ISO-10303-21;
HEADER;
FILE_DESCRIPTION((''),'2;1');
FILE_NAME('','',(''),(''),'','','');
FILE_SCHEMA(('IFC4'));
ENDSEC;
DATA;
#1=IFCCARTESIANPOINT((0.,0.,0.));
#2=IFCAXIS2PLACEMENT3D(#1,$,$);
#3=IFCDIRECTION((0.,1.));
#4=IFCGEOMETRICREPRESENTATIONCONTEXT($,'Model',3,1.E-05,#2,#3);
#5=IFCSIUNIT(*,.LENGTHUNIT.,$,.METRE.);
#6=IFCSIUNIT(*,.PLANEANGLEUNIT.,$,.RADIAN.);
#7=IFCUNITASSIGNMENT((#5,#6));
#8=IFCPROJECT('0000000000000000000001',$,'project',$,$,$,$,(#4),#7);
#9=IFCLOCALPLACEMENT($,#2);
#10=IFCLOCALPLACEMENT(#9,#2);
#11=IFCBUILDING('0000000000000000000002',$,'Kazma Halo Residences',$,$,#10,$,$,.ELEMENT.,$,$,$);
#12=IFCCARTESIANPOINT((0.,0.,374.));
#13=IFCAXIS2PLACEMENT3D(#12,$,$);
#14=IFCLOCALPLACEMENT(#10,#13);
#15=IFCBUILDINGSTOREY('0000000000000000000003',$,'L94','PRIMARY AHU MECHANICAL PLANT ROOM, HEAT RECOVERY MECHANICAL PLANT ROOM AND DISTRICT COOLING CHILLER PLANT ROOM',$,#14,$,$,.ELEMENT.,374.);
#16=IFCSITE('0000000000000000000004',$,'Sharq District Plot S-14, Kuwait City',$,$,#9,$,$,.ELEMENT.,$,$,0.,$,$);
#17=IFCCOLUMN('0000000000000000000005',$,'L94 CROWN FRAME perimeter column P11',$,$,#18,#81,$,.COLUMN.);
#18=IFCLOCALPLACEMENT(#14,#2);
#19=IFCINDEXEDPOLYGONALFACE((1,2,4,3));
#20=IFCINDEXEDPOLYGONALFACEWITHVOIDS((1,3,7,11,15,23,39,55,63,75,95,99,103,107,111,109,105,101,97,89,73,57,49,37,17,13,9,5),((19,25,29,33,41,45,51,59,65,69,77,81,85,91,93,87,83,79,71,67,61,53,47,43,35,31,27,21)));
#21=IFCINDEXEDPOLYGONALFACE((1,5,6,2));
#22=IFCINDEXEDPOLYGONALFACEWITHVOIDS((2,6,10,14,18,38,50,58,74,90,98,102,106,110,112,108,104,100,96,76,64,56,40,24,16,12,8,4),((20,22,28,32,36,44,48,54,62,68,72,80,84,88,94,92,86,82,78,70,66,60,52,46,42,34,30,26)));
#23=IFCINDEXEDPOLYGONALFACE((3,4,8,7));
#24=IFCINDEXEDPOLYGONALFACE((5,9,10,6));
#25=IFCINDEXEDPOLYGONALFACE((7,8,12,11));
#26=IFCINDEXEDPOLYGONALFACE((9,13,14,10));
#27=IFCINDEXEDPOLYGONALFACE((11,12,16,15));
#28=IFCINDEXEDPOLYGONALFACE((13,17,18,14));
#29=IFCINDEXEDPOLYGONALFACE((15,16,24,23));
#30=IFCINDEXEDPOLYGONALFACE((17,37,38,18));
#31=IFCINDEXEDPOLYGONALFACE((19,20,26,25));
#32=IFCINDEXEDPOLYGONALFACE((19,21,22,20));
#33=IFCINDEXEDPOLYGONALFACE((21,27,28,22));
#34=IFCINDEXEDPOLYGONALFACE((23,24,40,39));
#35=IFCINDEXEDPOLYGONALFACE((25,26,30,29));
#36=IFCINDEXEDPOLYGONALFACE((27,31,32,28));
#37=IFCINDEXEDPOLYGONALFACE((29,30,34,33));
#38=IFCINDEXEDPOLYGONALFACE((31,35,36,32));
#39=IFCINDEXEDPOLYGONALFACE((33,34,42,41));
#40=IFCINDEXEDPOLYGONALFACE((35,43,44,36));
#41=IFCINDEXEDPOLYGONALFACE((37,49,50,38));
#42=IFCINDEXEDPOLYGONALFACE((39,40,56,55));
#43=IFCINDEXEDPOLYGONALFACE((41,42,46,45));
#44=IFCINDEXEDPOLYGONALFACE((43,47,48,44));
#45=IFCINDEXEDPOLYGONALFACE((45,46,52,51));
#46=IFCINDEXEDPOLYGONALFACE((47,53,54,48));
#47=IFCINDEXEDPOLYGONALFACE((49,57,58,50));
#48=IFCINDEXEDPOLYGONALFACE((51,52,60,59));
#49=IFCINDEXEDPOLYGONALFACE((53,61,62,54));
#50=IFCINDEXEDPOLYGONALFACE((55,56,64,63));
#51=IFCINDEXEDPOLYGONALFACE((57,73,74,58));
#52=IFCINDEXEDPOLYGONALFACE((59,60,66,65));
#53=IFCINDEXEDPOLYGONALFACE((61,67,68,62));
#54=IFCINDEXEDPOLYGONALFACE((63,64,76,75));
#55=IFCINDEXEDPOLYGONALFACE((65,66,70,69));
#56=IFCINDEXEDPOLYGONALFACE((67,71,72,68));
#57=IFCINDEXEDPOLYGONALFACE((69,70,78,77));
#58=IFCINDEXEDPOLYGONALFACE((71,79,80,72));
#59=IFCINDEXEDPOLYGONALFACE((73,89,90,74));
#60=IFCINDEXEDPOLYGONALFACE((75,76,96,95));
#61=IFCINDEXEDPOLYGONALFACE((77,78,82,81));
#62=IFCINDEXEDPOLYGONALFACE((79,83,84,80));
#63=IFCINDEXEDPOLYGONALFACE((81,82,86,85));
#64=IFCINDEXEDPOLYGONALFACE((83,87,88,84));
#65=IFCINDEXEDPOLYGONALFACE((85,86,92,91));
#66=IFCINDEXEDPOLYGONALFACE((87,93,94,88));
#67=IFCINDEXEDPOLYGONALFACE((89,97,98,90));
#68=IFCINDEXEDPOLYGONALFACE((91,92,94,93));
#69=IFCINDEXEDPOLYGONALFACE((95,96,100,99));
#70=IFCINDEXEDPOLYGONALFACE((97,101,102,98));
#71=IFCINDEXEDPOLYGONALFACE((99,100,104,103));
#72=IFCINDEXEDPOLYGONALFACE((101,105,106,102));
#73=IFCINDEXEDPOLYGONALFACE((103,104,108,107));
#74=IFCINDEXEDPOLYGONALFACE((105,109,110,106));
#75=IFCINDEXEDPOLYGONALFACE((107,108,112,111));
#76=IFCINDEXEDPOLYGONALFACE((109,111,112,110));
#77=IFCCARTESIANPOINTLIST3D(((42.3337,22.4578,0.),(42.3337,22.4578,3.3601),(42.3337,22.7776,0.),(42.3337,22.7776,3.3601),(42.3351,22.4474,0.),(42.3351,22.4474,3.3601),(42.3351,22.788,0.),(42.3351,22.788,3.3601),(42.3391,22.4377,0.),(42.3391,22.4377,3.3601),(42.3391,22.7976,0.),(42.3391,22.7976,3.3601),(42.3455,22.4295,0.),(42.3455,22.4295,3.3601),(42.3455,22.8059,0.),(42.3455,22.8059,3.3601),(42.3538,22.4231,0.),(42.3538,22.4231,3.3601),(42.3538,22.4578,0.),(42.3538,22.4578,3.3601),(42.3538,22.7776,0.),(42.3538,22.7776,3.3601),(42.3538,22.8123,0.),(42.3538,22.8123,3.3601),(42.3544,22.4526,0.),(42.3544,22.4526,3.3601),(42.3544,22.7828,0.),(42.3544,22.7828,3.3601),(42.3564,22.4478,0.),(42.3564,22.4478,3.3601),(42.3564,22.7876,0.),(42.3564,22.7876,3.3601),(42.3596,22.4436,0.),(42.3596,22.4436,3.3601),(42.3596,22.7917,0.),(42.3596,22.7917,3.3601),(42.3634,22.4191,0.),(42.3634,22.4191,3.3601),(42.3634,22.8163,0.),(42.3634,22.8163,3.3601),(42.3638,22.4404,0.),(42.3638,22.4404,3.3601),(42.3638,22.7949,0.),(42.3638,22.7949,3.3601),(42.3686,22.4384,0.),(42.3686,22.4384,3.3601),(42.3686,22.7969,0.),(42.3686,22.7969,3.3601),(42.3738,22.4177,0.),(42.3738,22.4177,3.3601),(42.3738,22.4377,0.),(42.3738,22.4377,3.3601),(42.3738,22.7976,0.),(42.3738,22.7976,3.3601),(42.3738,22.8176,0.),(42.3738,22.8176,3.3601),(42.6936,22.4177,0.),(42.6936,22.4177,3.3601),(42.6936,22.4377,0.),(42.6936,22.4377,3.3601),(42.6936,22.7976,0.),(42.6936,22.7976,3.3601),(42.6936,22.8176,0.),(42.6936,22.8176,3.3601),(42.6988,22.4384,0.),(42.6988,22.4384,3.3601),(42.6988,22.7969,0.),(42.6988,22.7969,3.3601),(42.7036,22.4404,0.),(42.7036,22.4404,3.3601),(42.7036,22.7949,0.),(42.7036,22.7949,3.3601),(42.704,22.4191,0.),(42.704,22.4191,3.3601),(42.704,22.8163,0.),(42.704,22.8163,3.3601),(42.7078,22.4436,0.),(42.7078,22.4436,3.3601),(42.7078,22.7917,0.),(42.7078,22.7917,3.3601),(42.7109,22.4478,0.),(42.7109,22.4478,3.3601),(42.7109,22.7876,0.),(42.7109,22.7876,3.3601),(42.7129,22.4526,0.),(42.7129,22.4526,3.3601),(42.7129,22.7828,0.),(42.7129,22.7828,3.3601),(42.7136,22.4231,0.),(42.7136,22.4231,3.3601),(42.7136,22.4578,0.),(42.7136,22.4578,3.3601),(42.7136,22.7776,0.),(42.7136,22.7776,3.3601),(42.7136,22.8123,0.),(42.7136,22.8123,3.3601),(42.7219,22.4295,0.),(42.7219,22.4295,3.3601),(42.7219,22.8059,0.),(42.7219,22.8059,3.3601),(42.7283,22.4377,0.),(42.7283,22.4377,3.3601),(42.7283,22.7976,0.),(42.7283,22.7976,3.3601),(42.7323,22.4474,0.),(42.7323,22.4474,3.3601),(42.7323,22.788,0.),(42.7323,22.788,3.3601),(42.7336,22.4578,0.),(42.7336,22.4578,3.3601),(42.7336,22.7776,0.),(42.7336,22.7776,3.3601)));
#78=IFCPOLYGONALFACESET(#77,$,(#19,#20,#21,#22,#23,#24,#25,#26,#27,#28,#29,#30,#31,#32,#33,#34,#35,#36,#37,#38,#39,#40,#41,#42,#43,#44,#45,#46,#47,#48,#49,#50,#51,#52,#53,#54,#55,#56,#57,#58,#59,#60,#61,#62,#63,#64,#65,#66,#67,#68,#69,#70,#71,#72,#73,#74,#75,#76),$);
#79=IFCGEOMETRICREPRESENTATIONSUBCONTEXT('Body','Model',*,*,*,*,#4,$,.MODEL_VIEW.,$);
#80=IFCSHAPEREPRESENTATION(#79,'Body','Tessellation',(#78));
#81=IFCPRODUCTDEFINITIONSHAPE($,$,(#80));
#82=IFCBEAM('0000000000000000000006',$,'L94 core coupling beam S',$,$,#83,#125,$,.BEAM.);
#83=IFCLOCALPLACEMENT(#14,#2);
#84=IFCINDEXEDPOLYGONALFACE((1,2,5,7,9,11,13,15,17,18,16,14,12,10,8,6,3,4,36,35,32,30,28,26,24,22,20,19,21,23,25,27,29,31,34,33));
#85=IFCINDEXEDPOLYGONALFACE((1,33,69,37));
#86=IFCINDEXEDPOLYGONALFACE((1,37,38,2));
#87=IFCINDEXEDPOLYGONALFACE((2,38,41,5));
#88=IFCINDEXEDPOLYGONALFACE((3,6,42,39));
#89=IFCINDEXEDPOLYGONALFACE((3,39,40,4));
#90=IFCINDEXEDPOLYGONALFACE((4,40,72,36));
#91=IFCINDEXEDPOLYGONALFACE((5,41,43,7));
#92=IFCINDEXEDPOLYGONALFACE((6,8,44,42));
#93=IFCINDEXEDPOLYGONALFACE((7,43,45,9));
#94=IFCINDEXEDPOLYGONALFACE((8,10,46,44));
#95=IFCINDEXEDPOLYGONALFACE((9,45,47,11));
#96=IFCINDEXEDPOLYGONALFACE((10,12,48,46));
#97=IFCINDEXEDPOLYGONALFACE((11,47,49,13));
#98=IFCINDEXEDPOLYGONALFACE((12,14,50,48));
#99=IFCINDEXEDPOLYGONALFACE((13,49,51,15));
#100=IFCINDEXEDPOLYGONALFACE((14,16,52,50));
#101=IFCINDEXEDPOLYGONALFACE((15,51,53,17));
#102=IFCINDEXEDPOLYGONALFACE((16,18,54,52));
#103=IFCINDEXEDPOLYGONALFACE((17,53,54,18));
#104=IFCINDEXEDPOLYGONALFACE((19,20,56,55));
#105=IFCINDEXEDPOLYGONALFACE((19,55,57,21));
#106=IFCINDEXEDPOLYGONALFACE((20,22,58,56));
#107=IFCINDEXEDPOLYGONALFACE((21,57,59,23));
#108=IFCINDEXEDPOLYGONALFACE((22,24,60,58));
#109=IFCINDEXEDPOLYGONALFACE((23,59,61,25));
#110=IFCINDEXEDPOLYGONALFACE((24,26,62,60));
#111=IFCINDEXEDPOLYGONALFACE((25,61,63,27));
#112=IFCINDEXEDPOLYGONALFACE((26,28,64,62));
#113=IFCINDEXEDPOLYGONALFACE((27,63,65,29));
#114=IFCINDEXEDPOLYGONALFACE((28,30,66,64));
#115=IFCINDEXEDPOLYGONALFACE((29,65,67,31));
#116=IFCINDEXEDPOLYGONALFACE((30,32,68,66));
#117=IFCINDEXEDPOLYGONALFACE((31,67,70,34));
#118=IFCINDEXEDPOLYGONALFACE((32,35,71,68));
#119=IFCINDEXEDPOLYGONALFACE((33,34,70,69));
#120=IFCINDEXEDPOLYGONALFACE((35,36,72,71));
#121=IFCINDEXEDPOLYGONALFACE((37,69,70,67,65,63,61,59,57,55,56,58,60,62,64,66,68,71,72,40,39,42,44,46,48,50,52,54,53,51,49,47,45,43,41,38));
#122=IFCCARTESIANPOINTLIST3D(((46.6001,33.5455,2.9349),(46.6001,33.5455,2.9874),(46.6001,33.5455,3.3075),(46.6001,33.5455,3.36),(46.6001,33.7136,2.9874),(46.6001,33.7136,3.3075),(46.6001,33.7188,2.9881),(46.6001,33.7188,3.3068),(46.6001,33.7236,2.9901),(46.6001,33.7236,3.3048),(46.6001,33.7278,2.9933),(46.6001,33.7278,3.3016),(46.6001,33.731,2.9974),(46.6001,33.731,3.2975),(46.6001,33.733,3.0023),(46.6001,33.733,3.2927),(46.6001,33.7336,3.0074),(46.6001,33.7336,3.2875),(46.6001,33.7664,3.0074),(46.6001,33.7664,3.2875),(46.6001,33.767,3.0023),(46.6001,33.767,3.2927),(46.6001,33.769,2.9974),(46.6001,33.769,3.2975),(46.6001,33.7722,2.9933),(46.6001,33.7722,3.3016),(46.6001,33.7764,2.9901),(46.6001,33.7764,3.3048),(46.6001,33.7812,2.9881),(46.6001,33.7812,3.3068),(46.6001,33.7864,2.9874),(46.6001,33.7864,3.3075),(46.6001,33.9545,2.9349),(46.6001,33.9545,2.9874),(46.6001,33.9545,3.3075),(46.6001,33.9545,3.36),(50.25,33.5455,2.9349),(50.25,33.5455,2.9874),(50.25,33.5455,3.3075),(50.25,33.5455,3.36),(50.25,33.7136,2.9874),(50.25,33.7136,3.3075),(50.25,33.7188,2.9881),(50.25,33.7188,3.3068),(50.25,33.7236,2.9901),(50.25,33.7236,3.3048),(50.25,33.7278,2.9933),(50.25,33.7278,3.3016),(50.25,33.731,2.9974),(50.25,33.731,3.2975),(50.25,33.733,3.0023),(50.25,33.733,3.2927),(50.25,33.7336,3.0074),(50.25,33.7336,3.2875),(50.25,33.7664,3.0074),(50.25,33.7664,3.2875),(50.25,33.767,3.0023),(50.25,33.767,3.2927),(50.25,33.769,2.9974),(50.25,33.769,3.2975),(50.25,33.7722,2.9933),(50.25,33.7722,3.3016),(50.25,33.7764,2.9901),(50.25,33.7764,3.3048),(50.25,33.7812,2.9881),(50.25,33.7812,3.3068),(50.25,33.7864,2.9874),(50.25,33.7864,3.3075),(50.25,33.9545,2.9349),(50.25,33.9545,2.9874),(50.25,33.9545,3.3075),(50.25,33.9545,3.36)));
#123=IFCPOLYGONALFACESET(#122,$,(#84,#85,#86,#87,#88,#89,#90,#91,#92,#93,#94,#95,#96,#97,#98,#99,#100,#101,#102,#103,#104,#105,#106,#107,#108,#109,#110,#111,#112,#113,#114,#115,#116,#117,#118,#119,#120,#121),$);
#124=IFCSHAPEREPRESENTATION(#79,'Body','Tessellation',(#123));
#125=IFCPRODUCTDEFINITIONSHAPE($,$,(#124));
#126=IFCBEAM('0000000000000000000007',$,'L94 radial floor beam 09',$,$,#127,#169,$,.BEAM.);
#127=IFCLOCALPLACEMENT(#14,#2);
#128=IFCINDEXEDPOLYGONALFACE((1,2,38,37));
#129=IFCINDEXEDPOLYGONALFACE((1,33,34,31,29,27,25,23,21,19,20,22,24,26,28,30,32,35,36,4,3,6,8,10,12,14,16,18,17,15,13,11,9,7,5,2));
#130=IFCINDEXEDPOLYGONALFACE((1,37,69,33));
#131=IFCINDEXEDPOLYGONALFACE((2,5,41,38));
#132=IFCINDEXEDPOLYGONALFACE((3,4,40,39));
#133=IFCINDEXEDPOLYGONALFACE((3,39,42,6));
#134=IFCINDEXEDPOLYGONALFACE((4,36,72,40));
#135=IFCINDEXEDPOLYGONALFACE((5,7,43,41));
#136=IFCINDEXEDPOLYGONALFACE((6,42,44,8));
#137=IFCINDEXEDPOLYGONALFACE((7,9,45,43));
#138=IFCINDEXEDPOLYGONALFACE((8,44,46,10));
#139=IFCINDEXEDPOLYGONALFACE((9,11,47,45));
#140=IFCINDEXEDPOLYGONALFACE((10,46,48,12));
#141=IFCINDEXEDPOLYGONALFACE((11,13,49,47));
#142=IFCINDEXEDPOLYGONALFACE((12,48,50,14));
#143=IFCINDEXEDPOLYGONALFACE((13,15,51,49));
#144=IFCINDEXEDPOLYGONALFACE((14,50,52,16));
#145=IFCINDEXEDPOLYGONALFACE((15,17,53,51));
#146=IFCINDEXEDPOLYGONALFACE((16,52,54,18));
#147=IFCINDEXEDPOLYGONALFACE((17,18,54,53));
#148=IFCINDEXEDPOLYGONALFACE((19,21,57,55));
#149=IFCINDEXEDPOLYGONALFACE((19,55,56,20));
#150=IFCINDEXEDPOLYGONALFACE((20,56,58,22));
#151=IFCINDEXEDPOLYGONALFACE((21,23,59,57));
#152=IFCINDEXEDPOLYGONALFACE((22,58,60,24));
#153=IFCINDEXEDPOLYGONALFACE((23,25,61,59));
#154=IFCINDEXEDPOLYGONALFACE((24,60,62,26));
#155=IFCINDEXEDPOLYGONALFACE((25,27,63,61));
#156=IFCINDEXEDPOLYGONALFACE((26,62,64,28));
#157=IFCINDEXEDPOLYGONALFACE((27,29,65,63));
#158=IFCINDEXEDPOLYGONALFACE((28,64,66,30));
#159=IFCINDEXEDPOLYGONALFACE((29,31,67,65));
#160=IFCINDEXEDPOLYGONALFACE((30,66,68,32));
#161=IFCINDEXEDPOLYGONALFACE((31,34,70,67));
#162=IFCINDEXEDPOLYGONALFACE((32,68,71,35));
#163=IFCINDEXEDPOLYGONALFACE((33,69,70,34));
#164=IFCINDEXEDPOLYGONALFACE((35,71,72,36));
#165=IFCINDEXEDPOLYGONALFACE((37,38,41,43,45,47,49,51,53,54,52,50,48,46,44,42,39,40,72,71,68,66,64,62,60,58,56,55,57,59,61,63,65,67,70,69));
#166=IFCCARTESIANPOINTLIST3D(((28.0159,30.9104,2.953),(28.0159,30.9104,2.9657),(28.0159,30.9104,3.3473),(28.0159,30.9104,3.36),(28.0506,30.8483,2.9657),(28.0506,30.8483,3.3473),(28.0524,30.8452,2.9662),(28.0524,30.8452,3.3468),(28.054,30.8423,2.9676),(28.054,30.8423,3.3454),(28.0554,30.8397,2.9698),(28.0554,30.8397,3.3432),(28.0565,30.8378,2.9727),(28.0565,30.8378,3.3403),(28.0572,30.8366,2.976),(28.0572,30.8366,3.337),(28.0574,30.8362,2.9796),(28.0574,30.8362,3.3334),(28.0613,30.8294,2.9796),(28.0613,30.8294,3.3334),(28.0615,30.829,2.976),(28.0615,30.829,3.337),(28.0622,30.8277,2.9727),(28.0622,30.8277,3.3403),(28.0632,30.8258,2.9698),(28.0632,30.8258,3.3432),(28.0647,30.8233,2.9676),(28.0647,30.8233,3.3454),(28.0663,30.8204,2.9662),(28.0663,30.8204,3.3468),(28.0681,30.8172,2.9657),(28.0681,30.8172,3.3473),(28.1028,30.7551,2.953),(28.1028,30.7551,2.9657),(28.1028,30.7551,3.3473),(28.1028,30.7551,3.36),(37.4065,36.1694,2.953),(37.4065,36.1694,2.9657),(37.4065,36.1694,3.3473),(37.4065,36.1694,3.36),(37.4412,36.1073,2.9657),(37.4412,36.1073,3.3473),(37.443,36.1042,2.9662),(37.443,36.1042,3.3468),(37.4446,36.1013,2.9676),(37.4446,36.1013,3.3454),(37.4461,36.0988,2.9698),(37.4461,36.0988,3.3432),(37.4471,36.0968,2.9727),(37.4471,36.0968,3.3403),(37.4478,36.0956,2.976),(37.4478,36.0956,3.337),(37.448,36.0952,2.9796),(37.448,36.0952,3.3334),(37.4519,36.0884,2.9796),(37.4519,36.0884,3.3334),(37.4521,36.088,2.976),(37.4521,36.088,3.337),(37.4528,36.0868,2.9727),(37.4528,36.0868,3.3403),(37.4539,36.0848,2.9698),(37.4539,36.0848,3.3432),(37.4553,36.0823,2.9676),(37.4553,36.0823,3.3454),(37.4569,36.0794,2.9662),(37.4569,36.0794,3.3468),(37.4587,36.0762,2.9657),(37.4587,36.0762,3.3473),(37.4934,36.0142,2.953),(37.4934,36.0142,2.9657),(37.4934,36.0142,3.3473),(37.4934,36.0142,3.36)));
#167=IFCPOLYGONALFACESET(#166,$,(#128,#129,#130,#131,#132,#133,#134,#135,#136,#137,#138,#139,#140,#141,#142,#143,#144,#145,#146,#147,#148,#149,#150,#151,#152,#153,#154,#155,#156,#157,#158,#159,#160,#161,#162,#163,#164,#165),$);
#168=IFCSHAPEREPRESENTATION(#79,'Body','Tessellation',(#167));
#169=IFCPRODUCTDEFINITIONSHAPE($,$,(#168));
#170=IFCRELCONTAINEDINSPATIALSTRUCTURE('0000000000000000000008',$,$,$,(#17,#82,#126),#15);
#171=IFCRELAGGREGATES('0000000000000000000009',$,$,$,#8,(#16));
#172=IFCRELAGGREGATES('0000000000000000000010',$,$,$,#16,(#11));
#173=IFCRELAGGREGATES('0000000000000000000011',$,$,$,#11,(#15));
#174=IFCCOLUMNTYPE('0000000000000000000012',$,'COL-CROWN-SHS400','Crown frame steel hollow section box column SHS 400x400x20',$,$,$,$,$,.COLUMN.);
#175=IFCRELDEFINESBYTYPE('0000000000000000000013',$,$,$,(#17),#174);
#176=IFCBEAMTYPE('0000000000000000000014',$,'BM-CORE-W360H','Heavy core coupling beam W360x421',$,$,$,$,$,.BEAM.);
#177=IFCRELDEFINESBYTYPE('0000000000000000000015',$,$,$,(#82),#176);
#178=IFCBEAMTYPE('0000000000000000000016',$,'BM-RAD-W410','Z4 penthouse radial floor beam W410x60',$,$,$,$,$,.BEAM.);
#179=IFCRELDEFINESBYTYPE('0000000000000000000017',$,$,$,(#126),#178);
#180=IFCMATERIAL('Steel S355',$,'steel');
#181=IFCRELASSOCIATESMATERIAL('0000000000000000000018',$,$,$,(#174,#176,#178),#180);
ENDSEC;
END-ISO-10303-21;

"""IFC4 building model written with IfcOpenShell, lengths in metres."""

from ifc_helpers import new_model, si_unit, direction, frame, origin, origin_2d, place, context, subcontext, project, spatial, hollow_rectangle, i_section, extrude, material, material_profile, profile_set, type_object, element, save


model = new_model("IFC4")

# Units and contexts
model_context = context("Model", 3, precision=1e-05, world=origin(), true_north=direction((0.0, 1.0)))
body_context = subcontext(model_context, "Body", "Model", "MODEL_VIEW")
ifc_project = project(units=[si_unit("LENGTHUNIT", "METRE"), si_unit("PLANEANGLEUNIT", "RADIAN")], contexts=[model_context])

# Site, building, storey
site_placement = place(None, origin())
site = spatial("IfcSite", under=ifc_project, at=site_placement, Name="Sharq District Plot S-14, Kuwait City", CompositionType="ELEMENT", RefElevation=0.0)
building_placement = place(site_placement, origin())
building = spatial("IfcBuilding", under=site, at=building_placement, Name="Kazma Halo Residences", CompositionType="ELEMENT")
storey_placement = place(building_placement, frame((0.0, 0.0, 374.0)))
storey = spatial("IfcBuildingStorey", under=building, at=storey_placement, Name="L94", Description="PRIMARY AHU MECHANICAL PLANT ROOM, HEAT RECOVERY MECHANICAL PLANT ROOM AND DISTRICT COOLING CHILLER PLANT ROOM", CompositionType="ELEMENT", Elevation=374.0)

# Column
ifc_material_1 = material(Name="Steel S355", Category="steel")
ifc_material_profile_1 = material_profile(ifc_material_1, hollow_rectangle(XDim=0.3999, YDim=0.3999, WallThickness=0.02, InnerFilletRadius=0.02, OuterFilletRadius=0.04, at=origin_2d()), Name="SHS400x400x20")
ifc_profile_set_1 = profile_set([ifc_material_profile_1], Name="Steel S355")
column_type = type_object("IfcColumnType", Name="COL-CROWN-SHS400", Description="Crown frame steel hollow section box column SHS 400x400x20", PredefinedType="COLUMN", material=ifc_profile_set_1)
column_placement = place(storey_placement, frame((42.5337, 22.6177, 0.0), z_axis=(0.0, 0.0, 1.0), x_axis=(1.0, 0.0, 0.0)))
element("IfcColumn", 1, at=column_placement, inside=storey, type_object=column_type, Name="L94 CROWN FRAME perimeter column P11", PredefinedType="COLUMN", context=body_context, shape_type="SweptSolid", body=[
    extrude(hollow_rectangle(XDim=0.3999, YDim=0.3999, WallThickness=0.02, InnerFilletRadius=0.02, OuterFilletRadius=0.04, at=origin_2d()), origin(), (0.0, 0.0, 1.0), 3.3601),
])

# Beams
ifc_material_profile_2 = material_profile(ifc_material_1, i_section(OverallWidth=0.4089, OverallDepth=0.425, WebThickness=0.0327, FlangeThickness=0.0525, FilletRadius=0.02, at=origin_2d()), Name="W360x421")
ifc_profile_set_2 = profile_set([ifc_material_profile_2], Name="Steel S355")
beam_type_1 = type_object("IfcBeamType", Name="BM-CORE-W360H", Description="Heavy core coupling beam W360x421", PredefinedType="BEAM", material=ifc_profile_set_2)
beam_1_placement = place(storey_placement, frame((46.6001, 33.75, 3.1475), z_axis=(1.0, 0.0, 0.0), x_axis=(0.0, 1.0, 0.0)))
element("IfcBeam", 2, at=beam_1_placement, inside=storey, type_object=beam_type_1, Name="L94 core coupling beam S", PredefinedType="BEAM", context=body_context, shape_type="SweptSolid", body=[
    extrude(i_section(OverallWidth=0.4089, OverallDepth=0.425, WebThickness=0.0327, FlangeThickness=0.0525, FilletRadius=0.02, at=origin_2d()), origin(), (0.0, 0.0, 1.0), 3.6499),
])
ifc_material_profile_3 = material_profile(ifc_material_1, i_section(OverallWidth=0.178, OverallDepth=0.407, WebThickness=0.0078, FlangeThickness=0.0127, FilletRadius=0.0139, at=origin_2d()), Name="W410x60")
ifc_profile_set_3 = profile_set([ifc_material_profile_3], Name="Steel S355")
beam_type_2 = type_object("IfcBeamType", Name="BM-RAD-W410", Description="Z4 penthouse radial floor beam W410x60", PredefinedType="BEAM", material=ifc_profile_set_3)
beam_2_placement = place(storey_placement, frame((37.45, 36.0918, 3.1565), z_axis=(-0.872495, -0.488623, 0.0), x_axis=(0.488623, -0.872495, 0.0)))
element("IfcBeam", 3, at=beam_2_placement, inside=storey, type_object=beam_type_2, Name="L94 radial floor beam 09", PredefinedType="BEAM", context=body_context, shape_type="SweptSolid", body=[
    extrude(i_section(OverallWidth=0.178, OverallDepth=0.407, WebThickness=0.0078, FlangeThickness=0.0127, FilletRadius=0.0139, at=origin_2d()), origin(), (0.0, 0.0, 1.0), 10.7629),
])

save(model, "model.ifc")
